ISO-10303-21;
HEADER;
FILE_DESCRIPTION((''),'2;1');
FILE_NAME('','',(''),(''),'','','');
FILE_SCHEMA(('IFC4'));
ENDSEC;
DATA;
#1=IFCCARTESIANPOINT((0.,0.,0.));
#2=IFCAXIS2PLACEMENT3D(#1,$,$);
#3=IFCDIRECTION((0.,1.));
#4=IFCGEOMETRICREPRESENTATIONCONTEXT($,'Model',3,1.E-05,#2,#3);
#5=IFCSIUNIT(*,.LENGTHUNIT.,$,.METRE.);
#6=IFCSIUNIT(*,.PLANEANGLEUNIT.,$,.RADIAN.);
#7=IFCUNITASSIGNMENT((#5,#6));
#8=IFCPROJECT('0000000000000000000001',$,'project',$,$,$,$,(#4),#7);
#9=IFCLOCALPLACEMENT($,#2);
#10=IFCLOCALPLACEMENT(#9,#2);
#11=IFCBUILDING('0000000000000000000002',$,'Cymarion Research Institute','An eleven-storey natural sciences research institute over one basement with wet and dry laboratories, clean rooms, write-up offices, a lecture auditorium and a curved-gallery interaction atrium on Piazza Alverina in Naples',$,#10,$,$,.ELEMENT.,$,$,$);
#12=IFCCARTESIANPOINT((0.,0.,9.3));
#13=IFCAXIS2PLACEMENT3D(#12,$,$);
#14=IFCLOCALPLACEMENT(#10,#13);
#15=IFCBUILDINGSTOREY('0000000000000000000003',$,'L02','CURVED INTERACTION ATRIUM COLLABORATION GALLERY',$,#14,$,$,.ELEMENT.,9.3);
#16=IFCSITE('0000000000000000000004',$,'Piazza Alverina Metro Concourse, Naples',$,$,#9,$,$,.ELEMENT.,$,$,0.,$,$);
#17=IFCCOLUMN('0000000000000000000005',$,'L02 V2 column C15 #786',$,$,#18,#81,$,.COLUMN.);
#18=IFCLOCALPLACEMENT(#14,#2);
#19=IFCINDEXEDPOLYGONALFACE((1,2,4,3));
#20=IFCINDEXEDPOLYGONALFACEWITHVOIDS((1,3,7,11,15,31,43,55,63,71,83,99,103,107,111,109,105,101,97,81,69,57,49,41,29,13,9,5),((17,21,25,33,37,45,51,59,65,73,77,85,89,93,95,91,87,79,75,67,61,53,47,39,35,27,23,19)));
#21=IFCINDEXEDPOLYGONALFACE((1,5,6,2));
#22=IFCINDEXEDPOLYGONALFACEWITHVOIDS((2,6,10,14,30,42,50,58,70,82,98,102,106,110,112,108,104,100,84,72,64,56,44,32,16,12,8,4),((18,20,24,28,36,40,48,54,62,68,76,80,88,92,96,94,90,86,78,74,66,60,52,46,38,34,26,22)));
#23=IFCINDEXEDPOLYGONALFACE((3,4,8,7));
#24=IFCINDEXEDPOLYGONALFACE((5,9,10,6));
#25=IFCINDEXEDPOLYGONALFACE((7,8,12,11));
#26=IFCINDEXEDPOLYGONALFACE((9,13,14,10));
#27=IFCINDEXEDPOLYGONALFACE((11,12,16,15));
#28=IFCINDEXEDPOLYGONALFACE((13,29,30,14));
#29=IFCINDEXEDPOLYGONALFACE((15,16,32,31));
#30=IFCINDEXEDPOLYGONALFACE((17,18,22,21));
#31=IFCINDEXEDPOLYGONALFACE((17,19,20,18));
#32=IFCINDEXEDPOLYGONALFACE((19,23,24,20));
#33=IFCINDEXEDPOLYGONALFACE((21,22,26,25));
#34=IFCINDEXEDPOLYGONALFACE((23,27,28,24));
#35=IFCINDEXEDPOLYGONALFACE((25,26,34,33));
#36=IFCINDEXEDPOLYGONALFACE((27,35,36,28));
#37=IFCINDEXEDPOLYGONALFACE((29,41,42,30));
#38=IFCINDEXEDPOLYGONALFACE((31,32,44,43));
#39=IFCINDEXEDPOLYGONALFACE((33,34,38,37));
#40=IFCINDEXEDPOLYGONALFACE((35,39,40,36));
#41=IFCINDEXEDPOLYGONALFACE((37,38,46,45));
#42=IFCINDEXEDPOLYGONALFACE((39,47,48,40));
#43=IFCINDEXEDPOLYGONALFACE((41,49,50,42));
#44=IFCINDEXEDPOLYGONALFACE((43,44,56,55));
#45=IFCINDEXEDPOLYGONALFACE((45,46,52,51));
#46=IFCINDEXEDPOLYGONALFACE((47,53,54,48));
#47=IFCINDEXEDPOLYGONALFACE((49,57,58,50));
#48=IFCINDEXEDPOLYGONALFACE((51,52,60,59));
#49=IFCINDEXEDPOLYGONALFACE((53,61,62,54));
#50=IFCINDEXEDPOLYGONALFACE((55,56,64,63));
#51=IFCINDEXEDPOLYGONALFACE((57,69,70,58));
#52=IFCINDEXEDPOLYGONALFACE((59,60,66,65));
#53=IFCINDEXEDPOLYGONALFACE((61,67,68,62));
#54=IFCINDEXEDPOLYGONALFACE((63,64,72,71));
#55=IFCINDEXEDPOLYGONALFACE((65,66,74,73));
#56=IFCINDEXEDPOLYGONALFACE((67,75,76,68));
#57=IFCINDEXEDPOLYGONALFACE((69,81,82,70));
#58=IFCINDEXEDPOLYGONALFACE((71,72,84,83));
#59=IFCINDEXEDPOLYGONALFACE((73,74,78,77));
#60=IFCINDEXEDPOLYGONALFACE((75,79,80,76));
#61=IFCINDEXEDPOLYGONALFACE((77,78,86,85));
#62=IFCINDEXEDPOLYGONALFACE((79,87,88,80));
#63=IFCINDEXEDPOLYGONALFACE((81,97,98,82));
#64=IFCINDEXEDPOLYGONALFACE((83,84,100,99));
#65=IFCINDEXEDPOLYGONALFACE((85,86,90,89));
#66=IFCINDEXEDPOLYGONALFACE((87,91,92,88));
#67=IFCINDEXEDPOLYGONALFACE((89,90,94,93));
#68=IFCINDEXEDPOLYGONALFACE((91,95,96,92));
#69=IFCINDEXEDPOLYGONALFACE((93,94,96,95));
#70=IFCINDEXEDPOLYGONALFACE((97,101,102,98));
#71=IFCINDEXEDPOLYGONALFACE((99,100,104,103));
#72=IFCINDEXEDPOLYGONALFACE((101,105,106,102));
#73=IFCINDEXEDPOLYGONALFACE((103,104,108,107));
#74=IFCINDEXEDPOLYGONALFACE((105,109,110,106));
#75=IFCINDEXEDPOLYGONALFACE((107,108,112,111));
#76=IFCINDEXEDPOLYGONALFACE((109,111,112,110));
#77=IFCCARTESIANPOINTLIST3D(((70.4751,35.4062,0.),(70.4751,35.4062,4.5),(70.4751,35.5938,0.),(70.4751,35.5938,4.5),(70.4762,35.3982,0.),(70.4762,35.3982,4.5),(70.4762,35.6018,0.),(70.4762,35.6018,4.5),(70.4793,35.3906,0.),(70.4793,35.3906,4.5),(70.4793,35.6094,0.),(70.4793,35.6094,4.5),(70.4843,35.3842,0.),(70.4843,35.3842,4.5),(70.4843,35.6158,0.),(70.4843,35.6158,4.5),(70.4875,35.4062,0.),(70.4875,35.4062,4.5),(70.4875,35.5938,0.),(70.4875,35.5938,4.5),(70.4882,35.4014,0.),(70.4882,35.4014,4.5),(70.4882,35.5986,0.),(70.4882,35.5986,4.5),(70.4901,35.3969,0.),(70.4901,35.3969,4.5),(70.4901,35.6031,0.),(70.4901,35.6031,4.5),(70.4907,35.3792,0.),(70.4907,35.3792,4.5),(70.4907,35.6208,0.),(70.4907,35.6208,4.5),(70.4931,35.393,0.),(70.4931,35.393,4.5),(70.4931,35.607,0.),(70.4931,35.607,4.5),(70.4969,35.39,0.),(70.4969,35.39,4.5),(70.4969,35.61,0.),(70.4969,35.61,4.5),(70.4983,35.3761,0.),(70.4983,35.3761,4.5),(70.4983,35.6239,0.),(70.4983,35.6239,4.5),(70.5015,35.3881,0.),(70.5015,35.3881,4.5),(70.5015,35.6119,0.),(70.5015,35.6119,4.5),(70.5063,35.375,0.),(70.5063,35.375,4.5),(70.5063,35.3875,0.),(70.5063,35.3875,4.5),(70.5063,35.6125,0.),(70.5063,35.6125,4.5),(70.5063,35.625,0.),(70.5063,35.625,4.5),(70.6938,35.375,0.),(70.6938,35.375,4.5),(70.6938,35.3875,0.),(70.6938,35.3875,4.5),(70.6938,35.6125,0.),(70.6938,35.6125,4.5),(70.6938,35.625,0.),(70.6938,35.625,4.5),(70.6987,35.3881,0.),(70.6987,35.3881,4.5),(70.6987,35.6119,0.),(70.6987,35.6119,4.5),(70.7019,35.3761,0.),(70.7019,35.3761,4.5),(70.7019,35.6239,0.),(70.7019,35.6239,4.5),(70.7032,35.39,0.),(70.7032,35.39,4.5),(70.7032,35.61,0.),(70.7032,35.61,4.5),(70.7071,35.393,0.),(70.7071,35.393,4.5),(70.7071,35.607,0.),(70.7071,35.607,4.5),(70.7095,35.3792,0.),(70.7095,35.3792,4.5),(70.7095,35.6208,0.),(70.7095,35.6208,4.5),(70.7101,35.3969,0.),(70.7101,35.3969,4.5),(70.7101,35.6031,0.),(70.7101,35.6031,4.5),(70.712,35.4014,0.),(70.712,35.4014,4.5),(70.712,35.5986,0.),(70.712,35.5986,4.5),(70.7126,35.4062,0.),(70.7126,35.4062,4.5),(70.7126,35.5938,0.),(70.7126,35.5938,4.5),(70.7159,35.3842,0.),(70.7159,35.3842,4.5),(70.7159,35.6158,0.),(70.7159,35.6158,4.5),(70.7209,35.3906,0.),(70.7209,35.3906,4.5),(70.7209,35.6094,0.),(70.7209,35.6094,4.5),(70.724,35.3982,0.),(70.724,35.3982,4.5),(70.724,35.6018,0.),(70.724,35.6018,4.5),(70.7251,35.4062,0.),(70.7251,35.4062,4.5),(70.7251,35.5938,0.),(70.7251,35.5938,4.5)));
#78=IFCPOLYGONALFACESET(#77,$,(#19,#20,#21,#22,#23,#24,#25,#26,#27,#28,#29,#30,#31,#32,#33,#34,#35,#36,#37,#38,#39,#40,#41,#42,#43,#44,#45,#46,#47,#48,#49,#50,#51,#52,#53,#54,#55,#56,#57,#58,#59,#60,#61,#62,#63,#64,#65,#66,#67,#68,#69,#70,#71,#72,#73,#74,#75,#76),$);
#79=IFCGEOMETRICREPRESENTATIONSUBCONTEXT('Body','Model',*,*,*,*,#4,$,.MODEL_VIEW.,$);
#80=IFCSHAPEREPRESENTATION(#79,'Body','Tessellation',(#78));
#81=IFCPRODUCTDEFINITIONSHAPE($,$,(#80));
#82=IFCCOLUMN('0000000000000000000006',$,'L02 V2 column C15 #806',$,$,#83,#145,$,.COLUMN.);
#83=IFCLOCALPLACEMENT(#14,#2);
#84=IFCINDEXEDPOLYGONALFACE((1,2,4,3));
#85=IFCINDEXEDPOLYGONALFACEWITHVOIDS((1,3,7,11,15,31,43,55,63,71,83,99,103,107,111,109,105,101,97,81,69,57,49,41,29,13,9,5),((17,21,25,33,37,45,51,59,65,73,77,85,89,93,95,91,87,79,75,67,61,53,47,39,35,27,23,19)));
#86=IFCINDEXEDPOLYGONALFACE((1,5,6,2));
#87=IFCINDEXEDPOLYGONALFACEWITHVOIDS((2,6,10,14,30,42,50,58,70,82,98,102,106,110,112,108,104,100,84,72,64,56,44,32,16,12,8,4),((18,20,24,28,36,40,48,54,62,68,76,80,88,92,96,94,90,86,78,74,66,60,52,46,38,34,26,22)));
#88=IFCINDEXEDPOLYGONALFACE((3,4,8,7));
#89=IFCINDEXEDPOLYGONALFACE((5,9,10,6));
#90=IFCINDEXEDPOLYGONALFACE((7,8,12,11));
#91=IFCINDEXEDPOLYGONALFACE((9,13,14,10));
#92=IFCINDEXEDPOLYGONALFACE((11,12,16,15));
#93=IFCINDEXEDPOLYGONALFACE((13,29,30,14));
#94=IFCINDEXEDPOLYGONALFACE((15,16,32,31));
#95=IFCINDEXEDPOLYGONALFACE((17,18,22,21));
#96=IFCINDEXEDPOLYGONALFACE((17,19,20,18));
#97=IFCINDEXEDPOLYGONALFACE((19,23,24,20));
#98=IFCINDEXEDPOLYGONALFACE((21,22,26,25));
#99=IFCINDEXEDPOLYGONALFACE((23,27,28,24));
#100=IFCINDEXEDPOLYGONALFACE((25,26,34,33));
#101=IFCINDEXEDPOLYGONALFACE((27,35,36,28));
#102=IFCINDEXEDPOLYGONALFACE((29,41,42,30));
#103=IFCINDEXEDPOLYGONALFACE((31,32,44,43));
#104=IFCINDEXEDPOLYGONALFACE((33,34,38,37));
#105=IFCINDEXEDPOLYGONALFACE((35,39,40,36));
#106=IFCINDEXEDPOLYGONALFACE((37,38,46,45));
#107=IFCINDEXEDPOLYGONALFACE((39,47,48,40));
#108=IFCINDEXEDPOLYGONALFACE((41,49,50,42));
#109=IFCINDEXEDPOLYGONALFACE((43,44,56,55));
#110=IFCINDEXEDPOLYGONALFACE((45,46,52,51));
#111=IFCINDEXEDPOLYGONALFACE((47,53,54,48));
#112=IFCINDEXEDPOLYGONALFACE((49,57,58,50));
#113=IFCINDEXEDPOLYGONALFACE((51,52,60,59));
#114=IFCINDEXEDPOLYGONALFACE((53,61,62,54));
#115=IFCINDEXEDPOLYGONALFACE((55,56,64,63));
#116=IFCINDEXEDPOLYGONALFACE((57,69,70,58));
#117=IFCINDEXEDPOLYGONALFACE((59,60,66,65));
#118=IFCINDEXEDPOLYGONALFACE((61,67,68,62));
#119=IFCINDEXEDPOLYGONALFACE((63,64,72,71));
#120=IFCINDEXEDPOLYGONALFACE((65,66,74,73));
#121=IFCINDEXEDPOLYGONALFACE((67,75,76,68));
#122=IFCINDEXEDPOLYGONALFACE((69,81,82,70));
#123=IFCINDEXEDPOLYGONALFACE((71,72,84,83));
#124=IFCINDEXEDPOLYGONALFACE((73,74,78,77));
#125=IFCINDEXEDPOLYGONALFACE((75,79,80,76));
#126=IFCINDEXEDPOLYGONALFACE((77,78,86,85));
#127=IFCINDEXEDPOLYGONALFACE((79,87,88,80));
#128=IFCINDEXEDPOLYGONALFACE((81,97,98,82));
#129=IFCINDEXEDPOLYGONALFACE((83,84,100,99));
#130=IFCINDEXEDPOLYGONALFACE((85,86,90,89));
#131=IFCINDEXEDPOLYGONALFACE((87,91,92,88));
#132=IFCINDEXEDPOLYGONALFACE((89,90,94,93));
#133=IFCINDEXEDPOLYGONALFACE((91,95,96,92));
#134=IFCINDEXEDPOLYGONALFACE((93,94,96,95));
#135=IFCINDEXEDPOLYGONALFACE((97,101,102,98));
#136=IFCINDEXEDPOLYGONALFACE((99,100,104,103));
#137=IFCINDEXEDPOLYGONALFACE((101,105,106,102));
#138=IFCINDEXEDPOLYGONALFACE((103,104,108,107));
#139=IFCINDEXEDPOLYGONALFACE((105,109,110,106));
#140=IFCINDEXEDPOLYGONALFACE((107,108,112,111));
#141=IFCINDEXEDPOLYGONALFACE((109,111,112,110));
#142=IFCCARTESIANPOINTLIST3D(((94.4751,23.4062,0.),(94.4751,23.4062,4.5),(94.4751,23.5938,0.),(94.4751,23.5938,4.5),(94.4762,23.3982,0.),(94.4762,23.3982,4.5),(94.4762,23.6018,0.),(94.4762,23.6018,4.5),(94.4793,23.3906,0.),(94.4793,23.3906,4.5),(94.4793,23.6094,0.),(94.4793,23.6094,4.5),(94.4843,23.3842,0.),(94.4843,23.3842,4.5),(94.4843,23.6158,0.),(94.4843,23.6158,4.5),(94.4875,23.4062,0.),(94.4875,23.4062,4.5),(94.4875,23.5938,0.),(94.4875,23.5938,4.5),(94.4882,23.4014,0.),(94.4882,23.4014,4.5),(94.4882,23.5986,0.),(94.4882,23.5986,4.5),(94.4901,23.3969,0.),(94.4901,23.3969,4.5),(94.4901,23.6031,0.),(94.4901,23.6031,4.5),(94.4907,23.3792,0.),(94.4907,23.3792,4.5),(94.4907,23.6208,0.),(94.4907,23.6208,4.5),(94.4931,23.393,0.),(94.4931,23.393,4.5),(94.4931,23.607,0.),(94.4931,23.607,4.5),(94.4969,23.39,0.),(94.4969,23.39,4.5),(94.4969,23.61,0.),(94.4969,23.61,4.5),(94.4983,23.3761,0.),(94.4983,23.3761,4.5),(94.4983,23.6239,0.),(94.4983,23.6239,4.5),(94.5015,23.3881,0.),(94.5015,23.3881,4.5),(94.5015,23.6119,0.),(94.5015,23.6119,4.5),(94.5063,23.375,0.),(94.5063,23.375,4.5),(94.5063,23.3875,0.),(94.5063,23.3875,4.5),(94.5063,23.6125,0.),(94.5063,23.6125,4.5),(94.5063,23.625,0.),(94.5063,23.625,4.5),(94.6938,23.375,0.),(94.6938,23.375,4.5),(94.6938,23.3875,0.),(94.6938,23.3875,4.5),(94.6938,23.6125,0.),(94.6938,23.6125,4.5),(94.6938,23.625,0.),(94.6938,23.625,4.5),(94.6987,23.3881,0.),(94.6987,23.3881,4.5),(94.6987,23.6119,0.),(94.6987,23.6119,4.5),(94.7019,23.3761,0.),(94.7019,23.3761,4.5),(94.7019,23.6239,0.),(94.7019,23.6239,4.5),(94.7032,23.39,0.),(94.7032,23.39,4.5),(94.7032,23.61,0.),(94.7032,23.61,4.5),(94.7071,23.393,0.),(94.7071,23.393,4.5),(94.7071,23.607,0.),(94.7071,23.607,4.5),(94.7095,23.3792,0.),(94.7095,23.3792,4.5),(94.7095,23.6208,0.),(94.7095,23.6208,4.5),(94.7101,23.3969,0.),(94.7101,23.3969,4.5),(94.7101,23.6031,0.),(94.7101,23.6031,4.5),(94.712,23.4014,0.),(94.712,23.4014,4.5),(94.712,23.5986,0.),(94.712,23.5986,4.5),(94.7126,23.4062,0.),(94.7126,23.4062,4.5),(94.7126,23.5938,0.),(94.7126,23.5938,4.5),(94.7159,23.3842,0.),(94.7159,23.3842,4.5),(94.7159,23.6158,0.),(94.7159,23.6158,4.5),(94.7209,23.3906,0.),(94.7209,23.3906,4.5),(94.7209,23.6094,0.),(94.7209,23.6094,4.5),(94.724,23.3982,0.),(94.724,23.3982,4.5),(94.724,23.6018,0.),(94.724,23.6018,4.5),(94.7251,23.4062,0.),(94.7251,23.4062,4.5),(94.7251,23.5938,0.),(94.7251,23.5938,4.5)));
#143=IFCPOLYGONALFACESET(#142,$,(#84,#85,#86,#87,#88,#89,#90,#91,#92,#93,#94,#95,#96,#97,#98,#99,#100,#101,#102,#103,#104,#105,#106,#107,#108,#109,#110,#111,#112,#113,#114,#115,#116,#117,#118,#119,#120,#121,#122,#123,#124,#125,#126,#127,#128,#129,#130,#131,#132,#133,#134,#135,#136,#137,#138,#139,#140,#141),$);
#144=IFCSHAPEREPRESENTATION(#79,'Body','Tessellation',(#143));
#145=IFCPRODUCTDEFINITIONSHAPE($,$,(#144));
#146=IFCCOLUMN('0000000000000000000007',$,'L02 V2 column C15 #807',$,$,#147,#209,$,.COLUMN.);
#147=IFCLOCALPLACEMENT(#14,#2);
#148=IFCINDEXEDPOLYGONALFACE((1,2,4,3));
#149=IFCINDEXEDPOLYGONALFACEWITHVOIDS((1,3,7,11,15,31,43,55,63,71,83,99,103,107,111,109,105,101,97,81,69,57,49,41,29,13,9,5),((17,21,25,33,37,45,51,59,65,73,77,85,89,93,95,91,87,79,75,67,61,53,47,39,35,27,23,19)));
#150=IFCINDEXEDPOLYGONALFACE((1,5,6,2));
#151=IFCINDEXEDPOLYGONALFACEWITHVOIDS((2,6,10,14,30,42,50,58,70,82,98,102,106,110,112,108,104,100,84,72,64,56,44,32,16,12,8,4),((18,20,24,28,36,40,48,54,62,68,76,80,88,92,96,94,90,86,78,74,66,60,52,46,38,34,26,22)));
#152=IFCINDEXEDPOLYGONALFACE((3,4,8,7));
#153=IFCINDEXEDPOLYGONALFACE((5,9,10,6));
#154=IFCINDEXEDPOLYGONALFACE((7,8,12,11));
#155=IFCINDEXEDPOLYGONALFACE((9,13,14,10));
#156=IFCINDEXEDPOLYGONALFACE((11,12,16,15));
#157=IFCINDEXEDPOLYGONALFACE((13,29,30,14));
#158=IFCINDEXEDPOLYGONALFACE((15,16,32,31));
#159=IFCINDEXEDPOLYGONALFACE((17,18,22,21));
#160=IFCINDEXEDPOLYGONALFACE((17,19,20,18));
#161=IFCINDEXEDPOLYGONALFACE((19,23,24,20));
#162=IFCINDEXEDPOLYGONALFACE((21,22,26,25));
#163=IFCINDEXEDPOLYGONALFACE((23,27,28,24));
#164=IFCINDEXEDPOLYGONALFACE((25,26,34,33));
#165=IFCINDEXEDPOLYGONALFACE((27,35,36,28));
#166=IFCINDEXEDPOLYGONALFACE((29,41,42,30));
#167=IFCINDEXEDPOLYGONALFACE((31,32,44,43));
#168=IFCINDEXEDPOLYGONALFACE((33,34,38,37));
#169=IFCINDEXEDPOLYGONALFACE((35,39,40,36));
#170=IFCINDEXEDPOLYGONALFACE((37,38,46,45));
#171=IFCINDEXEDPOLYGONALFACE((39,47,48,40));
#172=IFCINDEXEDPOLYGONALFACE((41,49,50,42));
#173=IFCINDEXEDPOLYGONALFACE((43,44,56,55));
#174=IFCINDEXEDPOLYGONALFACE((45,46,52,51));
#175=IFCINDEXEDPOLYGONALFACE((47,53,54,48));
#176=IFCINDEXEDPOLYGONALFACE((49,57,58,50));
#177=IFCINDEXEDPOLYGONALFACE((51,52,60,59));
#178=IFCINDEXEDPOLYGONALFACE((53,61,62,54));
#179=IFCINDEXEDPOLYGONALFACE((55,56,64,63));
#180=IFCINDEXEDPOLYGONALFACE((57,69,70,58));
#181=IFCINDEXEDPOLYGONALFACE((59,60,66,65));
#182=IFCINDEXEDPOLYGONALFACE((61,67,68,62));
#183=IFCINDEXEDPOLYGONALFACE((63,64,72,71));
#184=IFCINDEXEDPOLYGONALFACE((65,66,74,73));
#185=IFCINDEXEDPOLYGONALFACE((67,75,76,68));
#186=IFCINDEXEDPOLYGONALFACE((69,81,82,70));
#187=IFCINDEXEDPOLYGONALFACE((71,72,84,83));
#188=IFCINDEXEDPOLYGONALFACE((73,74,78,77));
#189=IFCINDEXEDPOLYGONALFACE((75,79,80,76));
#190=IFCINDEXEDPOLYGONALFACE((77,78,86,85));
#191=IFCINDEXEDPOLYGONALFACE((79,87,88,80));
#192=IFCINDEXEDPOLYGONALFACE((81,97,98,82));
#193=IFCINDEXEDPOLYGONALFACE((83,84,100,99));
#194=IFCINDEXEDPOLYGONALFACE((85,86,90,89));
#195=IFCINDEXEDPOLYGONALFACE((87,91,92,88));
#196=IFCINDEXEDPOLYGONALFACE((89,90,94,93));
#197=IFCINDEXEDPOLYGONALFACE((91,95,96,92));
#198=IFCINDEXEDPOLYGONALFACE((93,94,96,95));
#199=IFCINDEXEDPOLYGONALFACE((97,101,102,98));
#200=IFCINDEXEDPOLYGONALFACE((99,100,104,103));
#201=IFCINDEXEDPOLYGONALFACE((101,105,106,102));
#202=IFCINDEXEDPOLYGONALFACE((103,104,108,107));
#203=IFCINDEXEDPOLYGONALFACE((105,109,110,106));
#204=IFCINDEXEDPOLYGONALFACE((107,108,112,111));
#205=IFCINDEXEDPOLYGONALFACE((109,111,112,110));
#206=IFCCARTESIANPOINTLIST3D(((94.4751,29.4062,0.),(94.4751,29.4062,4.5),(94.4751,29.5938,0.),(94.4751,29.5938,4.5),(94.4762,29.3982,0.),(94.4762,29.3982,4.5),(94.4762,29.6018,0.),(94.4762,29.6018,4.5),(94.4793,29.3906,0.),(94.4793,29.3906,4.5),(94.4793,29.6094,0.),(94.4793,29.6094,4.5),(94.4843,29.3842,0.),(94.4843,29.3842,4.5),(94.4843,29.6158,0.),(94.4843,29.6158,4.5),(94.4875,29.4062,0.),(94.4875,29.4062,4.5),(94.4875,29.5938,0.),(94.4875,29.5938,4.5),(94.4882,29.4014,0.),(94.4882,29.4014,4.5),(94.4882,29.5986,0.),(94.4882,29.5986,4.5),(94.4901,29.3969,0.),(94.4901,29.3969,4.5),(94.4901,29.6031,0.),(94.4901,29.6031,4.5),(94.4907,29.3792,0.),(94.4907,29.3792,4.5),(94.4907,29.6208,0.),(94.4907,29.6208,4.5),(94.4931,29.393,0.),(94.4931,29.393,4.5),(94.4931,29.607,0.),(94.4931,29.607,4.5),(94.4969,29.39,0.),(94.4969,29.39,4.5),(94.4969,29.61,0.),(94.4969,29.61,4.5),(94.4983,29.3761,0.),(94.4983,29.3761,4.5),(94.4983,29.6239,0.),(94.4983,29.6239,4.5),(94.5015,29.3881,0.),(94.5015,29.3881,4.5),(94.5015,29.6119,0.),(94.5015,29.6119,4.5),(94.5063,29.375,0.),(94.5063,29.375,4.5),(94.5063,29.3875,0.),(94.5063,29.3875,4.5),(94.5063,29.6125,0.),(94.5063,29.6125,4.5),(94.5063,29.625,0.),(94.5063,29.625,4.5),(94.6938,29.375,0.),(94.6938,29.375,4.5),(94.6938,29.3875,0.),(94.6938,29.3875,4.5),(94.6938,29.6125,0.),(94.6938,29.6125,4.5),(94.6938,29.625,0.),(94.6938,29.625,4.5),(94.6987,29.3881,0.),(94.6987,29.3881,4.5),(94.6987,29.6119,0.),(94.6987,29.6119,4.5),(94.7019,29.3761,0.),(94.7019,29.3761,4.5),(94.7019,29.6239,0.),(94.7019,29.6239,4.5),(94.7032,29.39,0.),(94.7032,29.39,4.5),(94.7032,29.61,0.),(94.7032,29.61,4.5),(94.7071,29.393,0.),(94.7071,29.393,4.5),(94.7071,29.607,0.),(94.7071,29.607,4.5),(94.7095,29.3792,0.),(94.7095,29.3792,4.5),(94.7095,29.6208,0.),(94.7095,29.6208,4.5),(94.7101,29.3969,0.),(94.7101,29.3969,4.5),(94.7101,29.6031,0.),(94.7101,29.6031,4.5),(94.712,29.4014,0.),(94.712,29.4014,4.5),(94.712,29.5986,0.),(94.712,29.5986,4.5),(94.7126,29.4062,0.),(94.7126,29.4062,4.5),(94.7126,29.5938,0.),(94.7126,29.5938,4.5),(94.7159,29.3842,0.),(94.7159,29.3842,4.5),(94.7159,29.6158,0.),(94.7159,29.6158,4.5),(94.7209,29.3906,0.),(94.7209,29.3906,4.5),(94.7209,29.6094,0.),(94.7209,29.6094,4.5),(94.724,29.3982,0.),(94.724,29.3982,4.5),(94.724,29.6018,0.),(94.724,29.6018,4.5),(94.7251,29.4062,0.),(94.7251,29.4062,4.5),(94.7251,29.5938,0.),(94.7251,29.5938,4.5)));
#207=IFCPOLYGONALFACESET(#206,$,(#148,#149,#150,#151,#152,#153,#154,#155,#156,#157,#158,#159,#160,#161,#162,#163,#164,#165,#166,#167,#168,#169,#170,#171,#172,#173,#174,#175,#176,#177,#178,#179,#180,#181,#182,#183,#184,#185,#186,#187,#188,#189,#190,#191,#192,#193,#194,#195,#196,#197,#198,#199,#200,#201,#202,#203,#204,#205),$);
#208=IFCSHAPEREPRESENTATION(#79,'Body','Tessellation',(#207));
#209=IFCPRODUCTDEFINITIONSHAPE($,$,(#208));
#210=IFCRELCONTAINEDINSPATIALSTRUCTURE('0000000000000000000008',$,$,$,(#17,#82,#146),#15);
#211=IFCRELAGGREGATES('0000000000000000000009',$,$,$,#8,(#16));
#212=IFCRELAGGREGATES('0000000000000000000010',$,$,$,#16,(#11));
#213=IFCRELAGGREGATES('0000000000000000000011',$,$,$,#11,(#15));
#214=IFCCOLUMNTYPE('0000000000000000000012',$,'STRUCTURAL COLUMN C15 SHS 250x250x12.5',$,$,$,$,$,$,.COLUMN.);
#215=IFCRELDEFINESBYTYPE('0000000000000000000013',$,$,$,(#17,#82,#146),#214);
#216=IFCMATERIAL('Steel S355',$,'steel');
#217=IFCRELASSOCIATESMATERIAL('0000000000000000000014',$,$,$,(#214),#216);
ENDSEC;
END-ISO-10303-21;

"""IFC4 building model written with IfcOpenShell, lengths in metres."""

from ifc_helpers import new_model, si_unit, direction, frame, origin, origin_2d, place, context, subcontext, project, spatial, hollow_rectangle, extrude, material, material_profile, profile_set, type_object, element, save


model = new_model("IFC4")

# Units and contexts
model_context = context("Model", 3, precision=1e-05, world=origin(), true_north=direction((0.0, 1.0)))
body_context = subcontext(model_context, "Body", "Model", "MODEL_VIEW")
ifc_project = project(units=[si_unit("LENGTHUNIT", "METRE"), si_unit("PLANEANGLEUNIT", "RADIAN")], contexts=[model_context])

# Site, building, storey
site_placement = place(None, origin())
site = spatial("IfcSite", under=ifc_project, at=site_placement, Name="Piazza Alverina Metro Concourse, Naples", CompositionType="ELEMENT", RefElevation=0.0)
building_placement = place(site_placement, origin())
building = spatial("IfcBuilding", under=site, at=building_placement, Name="Cymarion Research Institute", Description="An eleven-storey natural sciences research institute over one basement with wet and dry laboratories, clean rooms, write-up offices, a lecture auditorium and a curved-gallery interaction atrium on Piazza Alverina in Naples", CompositionType="ELEMENT")
storey_placement = place(building_placement, frame((0.0, 0.0, 9.3)))
storey = spatial("IfcBuildingStorey", under=building, at=storey_placement, Name="L02", Description="CURVED INTERACTION ATRIUM COLLABORATION GALLERY", CompositionType="ELEMENT", Elevation=9.3)

# Columns
ifc_material_1 = material(Name="Steel S355", Category="steel")
ifc_material_profile_1 = material_profile(ifc_material_1, hollow_rectangle(XDim=0.25, YDim=0.25, WallThickness=0.0125, InnerFilletRadius=0.0188, OuterFilletRadius=0.0312, at=origin_2d()), Name="SHS 250x250x12.5")
ifc_profile_set_1 = profile_set([ifc_material_profile_1], Name="Steel S355")
column_type_1 = type_object("IfcColumnType", Name="STRUCTURAL COLUMN C15 SHS 250x250x12.5", PredefinedType="COLUMN", material=ifc_profile_set_1)
for number, where, z_axis, x_axis, name in (
    (1, (70.6001, 35.5, 0.0), (0.0, 0.0, 1.0), (1.0, 0.0, 0.0), "L02 V2 column C15 #786"),
    (2, (94.6001, 23.5, 0.0), (0.0, 0.0, 1.0), (1.0, 0.0, 0.0), "L02 V2 column C15 #806"),
    (3, (94.6001, 29.5, 0.0), (0.0, 0.0, 1.0), (1.0, 0.0, 0.0), "L02 V2 column C15 #807"),
):
    element("IfcColumn", number, at=place(storey_placement, frame(where, z_axis=z_axis, x_axis=x_axis)), inside=storey, type_object=column_type_1, Name=name, PredefinedType="COLUMN", context=body_context, shape_type="SweptSolid", body=[
        extrude(hollow_rectangle(XDim=0.25, YDim=0.25, WallThickness=0.0125, InnerFilletRadius=0.0188, OuterFilletRadius=0.0312, at=origin_2d()), origin(), (0.0, 0.0, 1.0), 4.5),
    ])

save(model, "model.ifc")
